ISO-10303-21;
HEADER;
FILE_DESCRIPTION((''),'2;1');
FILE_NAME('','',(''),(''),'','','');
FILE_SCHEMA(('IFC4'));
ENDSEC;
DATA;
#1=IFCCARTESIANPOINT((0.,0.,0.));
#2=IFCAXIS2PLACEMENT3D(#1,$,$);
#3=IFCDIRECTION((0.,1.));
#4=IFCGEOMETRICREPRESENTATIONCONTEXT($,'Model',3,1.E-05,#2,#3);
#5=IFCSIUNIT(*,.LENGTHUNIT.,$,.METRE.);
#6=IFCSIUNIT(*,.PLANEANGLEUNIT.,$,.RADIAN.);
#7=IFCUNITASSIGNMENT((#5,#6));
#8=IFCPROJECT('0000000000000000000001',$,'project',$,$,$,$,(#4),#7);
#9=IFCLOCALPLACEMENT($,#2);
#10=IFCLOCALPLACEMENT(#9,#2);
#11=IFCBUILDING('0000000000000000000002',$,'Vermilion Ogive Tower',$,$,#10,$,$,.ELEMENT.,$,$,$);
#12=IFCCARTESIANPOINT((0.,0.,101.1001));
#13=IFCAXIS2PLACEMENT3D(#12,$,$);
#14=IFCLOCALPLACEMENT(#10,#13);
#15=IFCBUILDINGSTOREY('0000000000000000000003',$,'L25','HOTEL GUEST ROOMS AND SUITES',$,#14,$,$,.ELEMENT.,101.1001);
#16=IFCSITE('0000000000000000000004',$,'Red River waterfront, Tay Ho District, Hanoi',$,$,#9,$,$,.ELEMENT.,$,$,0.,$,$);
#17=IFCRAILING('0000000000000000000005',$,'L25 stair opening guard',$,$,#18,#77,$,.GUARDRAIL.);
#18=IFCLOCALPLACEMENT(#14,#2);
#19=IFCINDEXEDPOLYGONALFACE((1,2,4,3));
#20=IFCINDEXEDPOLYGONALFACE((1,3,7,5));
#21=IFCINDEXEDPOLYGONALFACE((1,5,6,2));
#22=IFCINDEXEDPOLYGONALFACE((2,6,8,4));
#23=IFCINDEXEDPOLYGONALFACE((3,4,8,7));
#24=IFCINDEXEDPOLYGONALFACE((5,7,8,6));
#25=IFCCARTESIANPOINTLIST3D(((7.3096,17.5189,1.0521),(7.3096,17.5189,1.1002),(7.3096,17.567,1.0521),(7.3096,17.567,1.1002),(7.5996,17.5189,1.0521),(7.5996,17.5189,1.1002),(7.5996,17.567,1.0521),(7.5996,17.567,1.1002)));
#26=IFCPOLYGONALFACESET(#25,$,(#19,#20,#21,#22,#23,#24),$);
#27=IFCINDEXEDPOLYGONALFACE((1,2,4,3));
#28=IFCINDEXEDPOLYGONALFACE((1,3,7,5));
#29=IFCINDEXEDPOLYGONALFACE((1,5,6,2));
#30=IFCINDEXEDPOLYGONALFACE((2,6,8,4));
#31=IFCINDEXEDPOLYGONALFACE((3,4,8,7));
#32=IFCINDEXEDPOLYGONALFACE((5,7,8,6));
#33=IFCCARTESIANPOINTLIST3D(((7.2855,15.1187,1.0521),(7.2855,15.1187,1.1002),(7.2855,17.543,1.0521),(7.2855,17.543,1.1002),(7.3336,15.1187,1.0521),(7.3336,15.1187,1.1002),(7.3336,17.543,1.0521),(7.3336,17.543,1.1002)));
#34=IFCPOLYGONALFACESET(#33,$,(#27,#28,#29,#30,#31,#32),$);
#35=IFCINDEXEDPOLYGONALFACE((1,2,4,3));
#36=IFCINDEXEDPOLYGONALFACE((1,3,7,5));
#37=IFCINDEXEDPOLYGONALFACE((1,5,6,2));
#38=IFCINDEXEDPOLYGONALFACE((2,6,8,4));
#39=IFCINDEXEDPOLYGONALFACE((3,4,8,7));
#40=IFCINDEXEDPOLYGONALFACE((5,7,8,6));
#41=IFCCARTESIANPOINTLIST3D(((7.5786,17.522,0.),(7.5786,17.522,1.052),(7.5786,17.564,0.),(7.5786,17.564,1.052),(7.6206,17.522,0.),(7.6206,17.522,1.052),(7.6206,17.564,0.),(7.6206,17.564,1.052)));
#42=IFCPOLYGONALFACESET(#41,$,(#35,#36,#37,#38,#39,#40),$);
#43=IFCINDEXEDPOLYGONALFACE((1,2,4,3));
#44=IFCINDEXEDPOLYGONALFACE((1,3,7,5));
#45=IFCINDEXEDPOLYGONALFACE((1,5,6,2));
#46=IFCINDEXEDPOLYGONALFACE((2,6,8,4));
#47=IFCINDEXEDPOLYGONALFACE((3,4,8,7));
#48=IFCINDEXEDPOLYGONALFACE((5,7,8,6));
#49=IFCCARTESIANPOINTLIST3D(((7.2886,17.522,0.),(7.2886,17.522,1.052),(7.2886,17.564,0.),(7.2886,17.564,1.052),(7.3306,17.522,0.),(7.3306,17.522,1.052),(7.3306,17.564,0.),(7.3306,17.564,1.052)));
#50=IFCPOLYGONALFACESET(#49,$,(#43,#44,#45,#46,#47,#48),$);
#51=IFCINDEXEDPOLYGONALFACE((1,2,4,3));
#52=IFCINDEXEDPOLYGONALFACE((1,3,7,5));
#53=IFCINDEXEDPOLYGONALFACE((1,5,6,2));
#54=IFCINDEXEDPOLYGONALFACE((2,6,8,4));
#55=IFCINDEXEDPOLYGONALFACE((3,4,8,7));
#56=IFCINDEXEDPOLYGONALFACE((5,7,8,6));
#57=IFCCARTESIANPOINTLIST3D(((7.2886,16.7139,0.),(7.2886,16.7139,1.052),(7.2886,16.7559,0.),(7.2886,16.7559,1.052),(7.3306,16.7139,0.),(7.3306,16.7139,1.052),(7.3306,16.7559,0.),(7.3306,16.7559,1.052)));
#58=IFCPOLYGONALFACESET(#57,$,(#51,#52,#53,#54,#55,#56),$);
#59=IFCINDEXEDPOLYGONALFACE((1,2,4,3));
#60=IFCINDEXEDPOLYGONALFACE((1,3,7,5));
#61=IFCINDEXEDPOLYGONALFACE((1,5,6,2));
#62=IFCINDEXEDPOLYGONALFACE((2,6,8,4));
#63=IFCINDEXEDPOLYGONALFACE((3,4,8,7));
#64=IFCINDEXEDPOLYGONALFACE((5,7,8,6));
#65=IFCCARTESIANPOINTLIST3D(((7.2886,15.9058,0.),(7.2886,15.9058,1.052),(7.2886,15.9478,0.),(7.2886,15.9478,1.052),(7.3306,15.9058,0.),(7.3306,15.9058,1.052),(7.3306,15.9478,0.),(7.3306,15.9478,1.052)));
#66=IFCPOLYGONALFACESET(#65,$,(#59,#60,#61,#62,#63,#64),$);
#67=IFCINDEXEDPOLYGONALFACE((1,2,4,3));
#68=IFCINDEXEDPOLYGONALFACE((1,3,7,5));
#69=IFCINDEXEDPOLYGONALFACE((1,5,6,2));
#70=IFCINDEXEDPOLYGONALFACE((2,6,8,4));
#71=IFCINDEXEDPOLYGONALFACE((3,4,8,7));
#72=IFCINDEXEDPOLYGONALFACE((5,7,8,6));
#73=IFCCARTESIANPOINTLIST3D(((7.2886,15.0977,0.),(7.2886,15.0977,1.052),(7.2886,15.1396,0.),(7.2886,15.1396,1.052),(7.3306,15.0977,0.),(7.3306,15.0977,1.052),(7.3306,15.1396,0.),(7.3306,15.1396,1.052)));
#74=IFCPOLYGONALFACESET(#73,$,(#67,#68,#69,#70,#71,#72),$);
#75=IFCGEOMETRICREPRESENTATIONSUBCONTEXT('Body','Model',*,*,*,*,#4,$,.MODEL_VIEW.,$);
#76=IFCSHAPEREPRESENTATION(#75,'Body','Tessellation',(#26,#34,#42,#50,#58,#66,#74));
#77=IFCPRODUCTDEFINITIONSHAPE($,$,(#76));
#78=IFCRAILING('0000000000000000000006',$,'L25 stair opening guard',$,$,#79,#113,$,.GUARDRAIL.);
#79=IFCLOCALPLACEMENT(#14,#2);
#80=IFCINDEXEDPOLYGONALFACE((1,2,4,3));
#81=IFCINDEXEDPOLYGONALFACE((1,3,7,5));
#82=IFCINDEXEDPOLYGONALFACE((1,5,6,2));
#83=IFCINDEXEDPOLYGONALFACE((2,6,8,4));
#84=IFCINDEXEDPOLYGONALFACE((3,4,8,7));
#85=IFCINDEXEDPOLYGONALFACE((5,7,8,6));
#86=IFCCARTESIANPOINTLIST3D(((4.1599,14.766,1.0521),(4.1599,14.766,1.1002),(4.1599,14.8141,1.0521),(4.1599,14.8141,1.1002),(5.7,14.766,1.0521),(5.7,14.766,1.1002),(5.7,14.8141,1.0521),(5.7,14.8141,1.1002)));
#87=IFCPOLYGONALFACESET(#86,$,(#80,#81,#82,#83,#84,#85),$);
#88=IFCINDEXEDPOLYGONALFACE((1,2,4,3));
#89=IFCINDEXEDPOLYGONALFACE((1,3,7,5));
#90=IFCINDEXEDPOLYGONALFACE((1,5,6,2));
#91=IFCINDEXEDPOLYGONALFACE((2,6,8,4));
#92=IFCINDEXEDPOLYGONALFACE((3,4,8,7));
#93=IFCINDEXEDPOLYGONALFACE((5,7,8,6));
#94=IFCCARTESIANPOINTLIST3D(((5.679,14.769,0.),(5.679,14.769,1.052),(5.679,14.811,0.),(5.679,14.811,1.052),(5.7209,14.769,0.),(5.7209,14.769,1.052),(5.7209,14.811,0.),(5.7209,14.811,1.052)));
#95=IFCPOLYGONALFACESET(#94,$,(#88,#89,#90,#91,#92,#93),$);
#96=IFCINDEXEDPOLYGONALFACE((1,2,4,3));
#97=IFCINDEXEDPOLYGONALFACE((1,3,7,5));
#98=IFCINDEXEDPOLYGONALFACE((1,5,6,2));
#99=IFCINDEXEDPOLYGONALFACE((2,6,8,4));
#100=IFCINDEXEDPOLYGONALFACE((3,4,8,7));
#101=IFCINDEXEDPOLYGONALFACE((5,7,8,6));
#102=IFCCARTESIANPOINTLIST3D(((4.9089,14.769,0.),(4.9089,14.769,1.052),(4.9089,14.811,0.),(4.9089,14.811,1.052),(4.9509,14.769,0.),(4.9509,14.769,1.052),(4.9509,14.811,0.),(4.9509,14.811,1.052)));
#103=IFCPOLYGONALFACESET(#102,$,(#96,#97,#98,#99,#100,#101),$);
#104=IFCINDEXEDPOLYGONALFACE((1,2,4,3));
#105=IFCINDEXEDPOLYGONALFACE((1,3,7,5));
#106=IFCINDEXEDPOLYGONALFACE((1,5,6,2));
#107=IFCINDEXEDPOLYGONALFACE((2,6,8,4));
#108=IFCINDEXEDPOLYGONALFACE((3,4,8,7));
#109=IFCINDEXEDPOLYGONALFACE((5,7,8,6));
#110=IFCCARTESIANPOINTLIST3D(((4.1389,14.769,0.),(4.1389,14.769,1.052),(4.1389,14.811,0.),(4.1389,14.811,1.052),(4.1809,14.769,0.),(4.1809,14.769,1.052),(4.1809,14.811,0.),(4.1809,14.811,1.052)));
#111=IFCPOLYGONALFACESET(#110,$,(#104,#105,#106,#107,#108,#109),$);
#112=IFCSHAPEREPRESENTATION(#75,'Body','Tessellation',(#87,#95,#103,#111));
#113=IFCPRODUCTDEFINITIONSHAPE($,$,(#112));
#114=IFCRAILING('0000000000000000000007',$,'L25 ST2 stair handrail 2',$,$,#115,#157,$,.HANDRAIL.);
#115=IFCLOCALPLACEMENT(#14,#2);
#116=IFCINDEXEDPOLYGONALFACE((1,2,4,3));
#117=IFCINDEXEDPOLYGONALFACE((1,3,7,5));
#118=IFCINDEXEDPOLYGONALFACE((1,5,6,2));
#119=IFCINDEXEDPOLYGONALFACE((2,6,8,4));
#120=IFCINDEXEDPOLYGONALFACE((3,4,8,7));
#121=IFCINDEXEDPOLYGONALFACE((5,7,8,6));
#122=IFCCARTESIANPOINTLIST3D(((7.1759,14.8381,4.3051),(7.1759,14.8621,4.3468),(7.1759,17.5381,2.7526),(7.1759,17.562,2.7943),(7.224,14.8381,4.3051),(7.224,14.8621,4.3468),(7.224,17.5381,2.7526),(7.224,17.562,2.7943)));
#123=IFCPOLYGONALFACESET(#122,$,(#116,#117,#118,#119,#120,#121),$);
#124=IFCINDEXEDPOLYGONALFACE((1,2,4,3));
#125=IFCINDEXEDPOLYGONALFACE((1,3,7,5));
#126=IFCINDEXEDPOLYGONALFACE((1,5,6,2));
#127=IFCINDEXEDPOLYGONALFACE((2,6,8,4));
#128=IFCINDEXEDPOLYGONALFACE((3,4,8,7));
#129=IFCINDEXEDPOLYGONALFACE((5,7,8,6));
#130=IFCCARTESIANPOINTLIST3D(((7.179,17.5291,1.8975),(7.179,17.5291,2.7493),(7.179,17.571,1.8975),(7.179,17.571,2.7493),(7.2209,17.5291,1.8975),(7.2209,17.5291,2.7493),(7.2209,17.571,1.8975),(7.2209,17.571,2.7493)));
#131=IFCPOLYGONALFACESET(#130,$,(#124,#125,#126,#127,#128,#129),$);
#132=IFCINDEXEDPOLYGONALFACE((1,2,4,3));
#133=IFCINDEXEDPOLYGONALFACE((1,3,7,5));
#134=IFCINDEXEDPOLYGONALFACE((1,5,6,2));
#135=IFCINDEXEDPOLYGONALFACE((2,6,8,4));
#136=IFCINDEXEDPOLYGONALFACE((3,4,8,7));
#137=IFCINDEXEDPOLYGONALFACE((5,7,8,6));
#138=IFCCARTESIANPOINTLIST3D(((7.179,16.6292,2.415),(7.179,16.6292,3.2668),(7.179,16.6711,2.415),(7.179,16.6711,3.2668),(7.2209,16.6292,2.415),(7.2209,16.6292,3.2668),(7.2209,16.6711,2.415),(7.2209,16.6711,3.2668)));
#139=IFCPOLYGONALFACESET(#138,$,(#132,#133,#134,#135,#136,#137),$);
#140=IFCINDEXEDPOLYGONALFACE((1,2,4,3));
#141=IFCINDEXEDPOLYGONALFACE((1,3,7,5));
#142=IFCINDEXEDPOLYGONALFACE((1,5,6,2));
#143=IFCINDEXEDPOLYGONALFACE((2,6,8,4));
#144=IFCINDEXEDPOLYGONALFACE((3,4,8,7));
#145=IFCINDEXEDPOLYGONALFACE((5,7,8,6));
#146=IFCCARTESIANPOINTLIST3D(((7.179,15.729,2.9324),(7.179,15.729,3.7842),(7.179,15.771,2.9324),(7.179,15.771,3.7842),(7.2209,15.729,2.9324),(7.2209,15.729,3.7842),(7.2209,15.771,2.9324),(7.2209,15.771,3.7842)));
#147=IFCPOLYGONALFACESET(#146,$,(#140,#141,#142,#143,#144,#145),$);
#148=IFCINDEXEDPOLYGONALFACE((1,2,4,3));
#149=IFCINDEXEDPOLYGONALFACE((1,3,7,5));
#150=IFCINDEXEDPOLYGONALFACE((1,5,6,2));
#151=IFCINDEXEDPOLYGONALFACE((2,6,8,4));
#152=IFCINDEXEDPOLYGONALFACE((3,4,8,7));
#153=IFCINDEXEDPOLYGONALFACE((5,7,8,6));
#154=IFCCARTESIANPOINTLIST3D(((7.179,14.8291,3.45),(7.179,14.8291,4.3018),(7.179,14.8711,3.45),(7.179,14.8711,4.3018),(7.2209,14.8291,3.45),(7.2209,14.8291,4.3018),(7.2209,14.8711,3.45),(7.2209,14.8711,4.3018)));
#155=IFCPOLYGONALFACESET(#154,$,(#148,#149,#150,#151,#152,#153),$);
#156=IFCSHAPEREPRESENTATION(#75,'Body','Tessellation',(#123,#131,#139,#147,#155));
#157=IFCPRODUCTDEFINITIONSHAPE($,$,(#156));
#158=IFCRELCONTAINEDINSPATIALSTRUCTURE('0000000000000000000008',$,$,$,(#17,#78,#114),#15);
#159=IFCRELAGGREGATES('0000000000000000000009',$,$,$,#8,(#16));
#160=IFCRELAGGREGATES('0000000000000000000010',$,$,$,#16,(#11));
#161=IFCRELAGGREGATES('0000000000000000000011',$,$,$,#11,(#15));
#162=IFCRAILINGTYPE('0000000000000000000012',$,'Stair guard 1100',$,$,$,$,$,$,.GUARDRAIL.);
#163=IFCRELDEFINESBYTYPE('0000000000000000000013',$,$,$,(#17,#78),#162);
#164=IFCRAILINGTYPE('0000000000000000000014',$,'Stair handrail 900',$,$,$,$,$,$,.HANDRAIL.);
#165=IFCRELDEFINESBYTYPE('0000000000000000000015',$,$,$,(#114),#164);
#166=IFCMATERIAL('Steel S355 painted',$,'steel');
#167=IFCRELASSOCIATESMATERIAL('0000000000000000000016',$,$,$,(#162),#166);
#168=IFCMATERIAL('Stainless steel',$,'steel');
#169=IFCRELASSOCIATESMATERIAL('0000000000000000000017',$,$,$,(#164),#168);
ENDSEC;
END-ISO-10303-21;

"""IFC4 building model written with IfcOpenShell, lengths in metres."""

from ifc_helpers import new_model, si_unit, direction, frame, origin, origin_2d, place, context, subcontext, project, spatial, rectangle, extrude, material, type_object, element, save


model = new_model("IFC4")

# Units and contexts
model_context = context("Model", 3, precision=1e-05, world=origin(), true_north=direction((0.0, 1.0)))
body_context = subcontext(model_context, "Body", "Model", "MODEL_VIEW")
ifc_project = project(units=[si_unit("LENGTHUNIT", "METRE"), si_unit("PLANEANGLEUNIT", "RADIAN")], contexts=[model_context])

# Site, building, storey
site_placement = place(None, origin())
site = spatial("IfcSite", under=ifc_project, at=site_placement, Name="Red River waterfront, Tay Ho District, Hanoi", CompositionType="ELEMENT", RefElevation=0.0)
building_placement = place(site_placement, origin())
building = spatial("IfcBuilding", under=site, at=building_placement, Name="Vermilion Ogive Tower", CompositionType="ELEMENT")
storey_placement = place(building_placement, frame((0.0, 0.0, 101.1001)))
storey = spatial("IfcBuildingStorey", under=building, at=storey_placement, Name="L25", Description="HOTEL GUEST ROOMS AND SUITES", CompositionType="ELEMENT", Elevation=101.1001)

# Railings
ifc_material_1 = material(Name="Steel S355 painted", Category="steel")
railing_type_1 = type_object("IfcRailingType", Name="Stair guard 1100", PredefinedType="GUARDRAIL", material=ifc_material_1)
railing_1_placement = place(storey_placement, frame((7.5996, 17.543, 0.0)))
element("IfcRailing", 1, at=railing_1_placement, inside=storey, type_object=railing_type_1, Name="L25 stair opening guard", PredefinedType="GUARDRAIL", context=body_context, shape_type="SweptSolid", body=[
    extrude(rectangle(XDim=0.0481, YDim=0.0481, at=origin_2d()), frame((0.0, 0.0, 1.0762), z_axis=(-1.0, 0.0, 0.0), x_axis=(0.0, -1.0, 0.0)), (0.0, 0.0, 1.0), 0.29),
    extrude(rectangle(XDim=0.0481, YDim=0.0481, at=origin_2d()), frame((-0.29, 0.0, 1.0762), z_axis=(0.0, -1.0, 0.0), x_axis=(1.0, 0.0, 0.0)), (0.0, 0.0, 1.0), 2.4243),
    extrude(rectangle(XDim=0.042, YDim=0.042, at=origin_2d()), origin(), (0.0, 0.0, 1.0), 1.052),
    extrude(rectangle(XDim=0.042, YDim=0.042, at=origin_2d()), frame((-0.29, 0.0, 0.0)), (0.0, 0.0, 1.0), 1.052),
    extrude(rectangle(XDim=0.042, YDim=0.042, at=origin_2d()), frame((-0.29, -0.8081, 0.0)), (0.0, 0.0, 1.0), 1.052),
    extrude(rectangle(XDim=0.042, YDim=0.042, at=origin_2d()), frame((-0.29, -1.6162, 0.0)), (0.0, 0.0, 1.0), 1.052),
    extrude(rectangle(XDim=0.042, YDim=0.042, at=origin_2d()), frame((-0.29, -2.4243, 0.0)), (0.0, 0.0, 1.0), 1.052),
])
railing_2_placement = place(storey_placement, frame((5.7, 14.79, 0.0)))
element("IfcRailing", 2, at=railing_2_placement, inside=storey, type_object=railing_type_1, Name="L25 stair opening guard", PredefinedType="GUARDRAIL", context=body_context, shape_type="SweptSolid", body=[
    extrude(rectangle(XDim=0.0481, YDim=0.0481, at=origin_2d()), frame((0.0, 0.0, 1.0762), z_axis=(-1.0, 0.0, 0.0), x_axis=(0.0, -1.0, 0.0)), (0.0, 0.0, 1.0), 1.54),
    extrude(rectangle(XDim=0.042, YDim=0.042, at=origin_2d()), origin(), (0.0, 0.0, 1.0), 1.052),
    extrude(rectangle(XDim=0.042, YDim=0.042, at=origin_2d()), frame((-0.77, 0.0, 0.0)), (0.0, 0.0, 1.0), 1.052),
    extrude(rectangle(XDim=0.042, YDim=0.042, at=origin_2d()), frame((-1.54, 0.0, 0.0)), (0.0, 0.0, 1.0), 1.052),
])
ifc_material_2 = material(Name="Stainless steel", Category="steel")
railing_type_2 = type_object("IfcRailingType", Name="Stair handrail 900", PredefinedType="HANDRAIL", material=ifc_material_2)
railing_3_placement = place(storey_placement, frame((7.2, 17.55, 1.8975)))
element("IfcRailing", 3, at=railing_3_placement, inside=storey, type_object=railing_type_2, Name="L25 ST2 stair handrail 2", PredefinedType="HANDRAIL", context=body_context, shape_type="SweptSolid", body=[
    extrude(rectangle(XDim=0.0481, YDim=0.0481, at=origin_2d()), frame((0.0, 0.0, 0.876), z_axis=(0.0, -0.866904, 0.498476), x_axis=(1.0, 0.0, 0.0)), (0.0, 0.0, 1.0), 3.1145),
    extrude(rectangle(XDim=0.042, YDim=0.042, at=origin_2d()), origin(), (0.0, 0.0, 1.0), 0.8518),
    extrude(rectangle(XDim=0.042, YDim=0.042, at=origin_2d()), frame((0.0, -0.8999, 0.5176)), (0.0, 0.0, 1.0), 0.8518),
    extrude(rectangle(XDim=0.042, YDim=0.042, at=origin_2d()), frame((0.0, -1.8, 1.0349)), (0.0, 0.0, 1.0), 0.8518),
    extrude(rectangle(XDim=0.042, YDim=0.042, at=origin_2d()), frame((0.0, -2.7, 1.5525)), (0.0, 0.0, 1.0), 0.8518),
])

save(model, "model.ifc")
